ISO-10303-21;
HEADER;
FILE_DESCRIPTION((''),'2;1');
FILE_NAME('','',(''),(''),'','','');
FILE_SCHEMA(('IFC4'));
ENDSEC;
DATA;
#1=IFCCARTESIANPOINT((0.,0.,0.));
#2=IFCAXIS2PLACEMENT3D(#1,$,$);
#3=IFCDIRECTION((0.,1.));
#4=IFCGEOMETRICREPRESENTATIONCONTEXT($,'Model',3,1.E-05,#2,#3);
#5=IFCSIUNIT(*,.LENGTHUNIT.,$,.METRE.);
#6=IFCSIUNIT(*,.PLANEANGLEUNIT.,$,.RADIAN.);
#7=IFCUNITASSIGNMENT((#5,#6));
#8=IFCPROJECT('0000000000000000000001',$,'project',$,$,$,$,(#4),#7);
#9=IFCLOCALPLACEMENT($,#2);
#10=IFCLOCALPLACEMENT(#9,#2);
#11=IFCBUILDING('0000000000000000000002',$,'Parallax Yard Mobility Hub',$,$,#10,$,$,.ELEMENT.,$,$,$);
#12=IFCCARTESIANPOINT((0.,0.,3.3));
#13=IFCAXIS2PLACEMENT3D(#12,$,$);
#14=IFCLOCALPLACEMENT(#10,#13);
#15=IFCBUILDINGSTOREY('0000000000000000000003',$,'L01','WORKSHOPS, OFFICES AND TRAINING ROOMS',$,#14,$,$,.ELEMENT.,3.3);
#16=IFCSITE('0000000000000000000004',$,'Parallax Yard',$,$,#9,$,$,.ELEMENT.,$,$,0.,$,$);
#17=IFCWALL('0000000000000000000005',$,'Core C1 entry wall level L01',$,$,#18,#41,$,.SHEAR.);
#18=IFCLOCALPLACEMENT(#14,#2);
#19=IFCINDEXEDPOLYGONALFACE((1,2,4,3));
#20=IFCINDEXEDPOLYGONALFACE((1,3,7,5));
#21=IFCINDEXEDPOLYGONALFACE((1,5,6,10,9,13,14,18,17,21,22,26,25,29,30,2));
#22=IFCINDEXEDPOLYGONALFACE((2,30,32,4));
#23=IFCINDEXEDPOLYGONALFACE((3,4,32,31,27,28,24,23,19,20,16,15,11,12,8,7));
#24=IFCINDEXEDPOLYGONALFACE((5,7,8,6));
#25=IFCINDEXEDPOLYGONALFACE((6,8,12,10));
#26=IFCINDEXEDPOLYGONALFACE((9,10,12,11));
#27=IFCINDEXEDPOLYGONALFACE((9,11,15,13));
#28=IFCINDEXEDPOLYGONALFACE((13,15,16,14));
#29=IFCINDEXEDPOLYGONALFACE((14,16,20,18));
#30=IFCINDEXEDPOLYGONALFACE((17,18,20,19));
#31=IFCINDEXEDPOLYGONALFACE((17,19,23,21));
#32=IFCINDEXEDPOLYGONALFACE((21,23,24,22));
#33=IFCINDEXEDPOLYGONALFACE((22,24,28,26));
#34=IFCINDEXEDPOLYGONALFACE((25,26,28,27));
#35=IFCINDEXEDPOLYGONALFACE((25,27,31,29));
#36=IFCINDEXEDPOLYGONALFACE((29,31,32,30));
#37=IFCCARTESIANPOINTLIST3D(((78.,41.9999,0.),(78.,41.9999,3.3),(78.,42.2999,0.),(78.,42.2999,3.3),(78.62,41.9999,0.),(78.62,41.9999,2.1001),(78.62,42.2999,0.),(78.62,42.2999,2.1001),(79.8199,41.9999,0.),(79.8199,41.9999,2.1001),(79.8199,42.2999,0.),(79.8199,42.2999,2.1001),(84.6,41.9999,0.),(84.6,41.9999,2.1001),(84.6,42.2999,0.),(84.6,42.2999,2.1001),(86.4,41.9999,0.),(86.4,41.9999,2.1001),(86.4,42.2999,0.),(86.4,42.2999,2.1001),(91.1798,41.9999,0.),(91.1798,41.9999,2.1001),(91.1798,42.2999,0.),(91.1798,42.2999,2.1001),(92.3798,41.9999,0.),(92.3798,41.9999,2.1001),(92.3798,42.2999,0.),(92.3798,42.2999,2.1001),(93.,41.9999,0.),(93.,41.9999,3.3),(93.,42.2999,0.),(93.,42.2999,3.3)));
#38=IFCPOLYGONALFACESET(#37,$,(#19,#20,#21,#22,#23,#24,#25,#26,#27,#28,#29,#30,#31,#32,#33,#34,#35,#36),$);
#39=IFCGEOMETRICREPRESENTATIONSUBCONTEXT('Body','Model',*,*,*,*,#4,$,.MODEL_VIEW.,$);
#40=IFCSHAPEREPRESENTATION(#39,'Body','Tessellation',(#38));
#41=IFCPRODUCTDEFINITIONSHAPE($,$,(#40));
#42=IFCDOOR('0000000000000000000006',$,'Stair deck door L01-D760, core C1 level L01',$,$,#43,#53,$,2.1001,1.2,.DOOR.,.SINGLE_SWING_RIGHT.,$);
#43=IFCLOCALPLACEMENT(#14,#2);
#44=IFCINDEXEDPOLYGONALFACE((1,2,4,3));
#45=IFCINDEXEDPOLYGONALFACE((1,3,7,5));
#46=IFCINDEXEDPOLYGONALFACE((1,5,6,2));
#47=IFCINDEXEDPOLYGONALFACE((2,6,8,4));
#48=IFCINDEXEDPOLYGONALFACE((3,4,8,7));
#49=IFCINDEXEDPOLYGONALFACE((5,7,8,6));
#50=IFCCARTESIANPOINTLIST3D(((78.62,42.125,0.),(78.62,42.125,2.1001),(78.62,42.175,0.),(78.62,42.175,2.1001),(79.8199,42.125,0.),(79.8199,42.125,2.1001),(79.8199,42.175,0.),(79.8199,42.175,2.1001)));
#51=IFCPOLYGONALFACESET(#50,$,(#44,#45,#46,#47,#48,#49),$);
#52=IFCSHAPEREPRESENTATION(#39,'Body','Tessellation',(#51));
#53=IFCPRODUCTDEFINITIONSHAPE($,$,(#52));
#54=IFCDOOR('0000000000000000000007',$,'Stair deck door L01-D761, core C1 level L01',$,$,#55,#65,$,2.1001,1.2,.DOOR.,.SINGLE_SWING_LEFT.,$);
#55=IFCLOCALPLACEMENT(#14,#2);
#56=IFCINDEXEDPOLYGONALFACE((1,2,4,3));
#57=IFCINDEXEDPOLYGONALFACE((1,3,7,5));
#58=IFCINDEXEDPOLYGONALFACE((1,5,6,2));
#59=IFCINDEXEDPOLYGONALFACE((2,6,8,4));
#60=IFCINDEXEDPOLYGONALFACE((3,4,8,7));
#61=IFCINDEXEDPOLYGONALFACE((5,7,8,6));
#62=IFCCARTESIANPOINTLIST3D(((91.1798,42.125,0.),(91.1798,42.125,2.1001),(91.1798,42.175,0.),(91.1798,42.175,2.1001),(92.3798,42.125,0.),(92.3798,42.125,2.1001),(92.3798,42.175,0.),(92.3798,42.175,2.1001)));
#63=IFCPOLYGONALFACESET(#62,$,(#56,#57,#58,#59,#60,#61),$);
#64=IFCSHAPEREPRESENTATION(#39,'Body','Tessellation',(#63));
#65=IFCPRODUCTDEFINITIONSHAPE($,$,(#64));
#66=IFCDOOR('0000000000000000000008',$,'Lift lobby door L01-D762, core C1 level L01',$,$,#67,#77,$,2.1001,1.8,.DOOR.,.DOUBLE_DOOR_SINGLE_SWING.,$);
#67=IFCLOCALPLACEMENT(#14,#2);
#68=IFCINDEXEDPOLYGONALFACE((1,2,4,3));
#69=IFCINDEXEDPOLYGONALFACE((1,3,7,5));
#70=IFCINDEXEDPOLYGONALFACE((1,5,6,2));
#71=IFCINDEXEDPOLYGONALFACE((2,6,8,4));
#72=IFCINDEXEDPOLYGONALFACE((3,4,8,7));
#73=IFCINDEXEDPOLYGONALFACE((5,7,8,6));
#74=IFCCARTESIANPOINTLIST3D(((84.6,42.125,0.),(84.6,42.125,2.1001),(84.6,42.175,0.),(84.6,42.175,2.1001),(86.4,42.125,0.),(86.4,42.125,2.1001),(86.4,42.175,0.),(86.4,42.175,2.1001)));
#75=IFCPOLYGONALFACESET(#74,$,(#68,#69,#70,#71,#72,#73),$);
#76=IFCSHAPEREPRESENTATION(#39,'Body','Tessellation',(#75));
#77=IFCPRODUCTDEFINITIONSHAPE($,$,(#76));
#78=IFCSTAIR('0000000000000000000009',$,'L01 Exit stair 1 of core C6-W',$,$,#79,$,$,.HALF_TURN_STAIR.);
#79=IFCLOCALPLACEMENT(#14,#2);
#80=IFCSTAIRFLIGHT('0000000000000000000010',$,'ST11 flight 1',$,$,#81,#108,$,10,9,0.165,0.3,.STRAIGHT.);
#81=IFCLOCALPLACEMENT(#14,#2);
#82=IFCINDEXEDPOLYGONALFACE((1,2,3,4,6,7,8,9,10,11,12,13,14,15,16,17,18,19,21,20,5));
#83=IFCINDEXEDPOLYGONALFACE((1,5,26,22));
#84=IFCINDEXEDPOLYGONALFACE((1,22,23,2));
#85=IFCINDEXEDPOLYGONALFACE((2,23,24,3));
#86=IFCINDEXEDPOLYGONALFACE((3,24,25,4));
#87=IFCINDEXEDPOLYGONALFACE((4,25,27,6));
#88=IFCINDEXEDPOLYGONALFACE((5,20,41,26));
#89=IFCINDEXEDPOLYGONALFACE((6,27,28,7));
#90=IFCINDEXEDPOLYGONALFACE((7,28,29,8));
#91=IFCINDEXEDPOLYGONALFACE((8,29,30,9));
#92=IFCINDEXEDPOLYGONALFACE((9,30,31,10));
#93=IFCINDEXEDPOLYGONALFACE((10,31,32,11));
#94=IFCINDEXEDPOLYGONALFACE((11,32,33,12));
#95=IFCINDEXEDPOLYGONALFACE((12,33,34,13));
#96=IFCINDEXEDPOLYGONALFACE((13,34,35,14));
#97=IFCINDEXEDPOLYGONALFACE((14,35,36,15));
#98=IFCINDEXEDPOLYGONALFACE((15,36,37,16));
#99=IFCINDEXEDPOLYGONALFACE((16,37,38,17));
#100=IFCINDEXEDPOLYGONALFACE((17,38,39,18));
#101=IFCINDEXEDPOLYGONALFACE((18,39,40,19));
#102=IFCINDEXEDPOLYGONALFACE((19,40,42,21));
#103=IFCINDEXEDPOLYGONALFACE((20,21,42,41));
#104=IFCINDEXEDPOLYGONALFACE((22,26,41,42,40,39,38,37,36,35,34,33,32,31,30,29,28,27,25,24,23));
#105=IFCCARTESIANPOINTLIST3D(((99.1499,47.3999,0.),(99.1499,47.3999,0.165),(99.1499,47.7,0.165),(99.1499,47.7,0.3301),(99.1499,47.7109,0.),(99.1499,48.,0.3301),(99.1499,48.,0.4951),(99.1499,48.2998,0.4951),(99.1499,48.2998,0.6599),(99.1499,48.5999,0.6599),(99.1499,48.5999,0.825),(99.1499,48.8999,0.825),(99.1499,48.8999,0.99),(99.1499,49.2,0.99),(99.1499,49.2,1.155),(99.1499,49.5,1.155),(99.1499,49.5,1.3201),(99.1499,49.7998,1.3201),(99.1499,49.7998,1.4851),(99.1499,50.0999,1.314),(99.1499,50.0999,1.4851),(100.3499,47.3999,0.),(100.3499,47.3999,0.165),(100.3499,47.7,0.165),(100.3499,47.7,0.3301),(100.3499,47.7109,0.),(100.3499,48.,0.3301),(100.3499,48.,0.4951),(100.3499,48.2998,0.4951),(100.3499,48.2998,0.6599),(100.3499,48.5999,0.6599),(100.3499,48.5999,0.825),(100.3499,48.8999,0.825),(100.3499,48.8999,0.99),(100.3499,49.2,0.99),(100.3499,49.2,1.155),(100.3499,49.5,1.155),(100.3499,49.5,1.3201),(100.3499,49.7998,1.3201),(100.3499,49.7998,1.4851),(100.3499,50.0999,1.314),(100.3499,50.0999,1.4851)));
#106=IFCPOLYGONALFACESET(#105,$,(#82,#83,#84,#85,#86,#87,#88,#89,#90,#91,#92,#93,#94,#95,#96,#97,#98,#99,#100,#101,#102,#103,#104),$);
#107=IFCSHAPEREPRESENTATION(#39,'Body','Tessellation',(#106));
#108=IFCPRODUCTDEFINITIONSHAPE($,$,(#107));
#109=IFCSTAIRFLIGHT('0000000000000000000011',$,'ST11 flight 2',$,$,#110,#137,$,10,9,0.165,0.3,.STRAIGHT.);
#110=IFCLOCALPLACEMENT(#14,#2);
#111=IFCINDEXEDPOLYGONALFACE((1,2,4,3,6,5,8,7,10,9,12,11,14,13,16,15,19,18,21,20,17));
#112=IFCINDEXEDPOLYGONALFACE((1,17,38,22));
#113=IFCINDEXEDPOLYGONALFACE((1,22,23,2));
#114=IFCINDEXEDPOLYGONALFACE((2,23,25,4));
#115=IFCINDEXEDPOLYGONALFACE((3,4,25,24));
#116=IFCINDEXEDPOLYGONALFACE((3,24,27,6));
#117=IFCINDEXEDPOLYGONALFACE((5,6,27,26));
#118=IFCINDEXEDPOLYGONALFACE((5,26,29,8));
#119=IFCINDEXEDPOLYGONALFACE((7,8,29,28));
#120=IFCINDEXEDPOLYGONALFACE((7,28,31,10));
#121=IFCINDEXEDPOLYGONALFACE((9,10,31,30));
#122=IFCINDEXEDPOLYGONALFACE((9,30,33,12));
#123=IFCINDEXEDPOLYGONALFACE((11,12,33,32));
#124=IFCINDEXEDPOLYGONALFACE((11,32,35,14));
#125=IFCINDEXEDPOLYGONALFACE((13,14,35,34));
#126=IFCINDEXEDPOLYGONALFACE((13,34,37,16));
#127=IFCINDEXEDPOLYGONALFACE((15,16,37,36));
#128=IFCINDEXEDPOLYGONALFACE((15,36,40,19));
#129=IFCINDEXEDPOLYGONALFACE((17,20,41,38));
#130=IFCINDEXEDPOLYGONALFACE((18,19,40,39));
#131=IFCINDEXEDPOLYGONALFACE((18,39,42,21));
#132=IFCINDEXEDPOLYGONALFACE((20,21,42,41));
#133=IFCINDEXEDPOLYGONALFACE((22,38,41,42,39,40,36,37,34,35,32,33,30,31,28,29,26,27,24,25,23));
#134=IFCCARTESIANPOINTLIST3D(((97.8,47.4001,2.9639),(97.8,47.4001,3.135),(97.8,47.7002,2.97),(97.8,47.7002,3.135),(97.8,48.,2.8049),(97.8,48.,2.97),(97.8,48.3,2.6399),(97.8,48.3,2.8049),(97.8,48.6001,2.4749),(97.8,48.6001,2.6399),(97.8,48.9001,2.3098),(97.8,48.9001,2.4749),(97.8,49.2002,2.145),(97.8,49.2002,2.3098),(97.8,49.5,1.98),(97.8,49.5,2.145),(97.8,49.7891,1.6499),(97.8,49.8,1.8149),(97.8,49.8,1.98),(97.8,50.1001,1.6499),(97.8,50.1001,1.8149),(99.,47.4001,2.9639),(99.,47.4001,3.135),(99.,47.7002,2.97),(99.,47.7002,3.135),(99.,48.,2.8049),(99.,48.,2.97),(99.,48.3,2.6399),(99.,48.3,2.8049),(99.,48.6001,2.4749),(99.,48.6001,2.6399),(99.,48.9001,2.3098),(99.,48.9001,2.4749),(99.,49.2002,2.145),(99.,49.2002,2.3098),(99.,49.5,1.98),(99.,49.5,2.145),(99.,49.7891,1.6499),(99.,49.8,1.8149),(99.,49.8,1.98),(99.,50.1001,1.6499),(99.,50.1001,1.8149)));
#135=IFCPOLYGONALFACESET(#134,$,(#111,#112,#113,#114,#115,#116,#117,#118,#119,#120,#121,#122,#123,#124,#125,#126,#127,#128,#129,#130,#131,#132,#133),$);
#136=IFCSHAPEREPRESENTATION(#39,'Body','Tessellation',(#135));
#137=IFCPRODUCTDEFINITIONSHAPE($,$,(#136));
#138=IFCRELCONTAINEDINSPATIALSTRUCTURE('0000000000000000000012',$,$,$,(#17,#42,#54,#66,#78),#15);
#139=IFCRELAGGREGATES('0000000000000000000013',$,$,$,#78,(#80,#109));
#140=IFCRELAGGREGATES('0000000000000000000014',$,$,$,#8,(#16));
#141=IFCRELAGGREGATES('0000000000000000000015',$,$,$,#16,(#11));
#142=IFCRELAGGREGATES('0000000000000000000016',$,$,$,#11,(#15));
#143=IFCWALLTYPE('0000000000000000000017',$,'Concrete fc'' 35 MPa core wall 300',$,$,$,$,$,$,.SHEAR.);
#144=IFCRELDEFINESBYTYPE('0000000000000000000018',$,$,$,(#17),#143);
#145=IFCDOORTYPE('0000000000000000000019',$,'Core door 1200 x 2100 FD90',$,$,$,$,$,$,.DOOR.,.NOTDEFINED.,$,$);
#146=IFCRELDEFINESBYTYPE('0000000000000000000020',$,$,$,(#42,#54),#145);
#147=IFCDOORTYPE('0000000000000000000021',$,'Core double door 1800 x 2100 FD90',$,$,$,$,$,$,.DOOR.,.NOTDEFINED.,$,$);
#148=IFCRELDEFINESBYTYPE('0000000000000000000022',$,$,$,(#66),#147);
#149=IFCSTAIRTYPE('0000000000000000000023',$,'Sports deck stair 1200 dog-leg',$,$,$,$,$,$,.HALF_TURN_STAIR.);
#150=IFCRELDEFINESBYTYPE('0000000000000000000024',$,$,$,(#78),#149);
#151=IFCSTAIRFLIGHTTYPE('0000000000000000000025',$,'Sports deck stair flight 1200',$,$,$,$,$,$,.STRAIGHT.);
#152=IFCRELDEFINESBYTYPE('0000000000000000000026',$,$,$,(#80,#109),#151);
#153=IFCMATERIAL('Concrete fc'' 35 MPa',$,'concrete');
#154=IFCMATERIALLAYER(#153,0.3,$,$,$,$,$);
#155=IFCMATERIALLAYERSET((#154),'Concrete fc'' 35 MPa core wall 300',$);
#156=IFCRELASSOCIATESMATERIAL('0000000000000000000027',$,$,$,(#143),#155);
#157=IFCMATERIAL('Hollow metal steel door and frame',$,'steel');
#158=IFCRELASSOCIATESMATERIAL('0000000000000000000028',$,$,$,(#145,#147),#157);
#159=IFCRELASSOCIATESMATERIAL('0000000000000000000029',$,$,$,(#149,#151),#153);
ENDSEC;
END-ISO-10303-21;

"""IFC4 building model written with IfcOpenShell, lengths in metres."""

from ifc_helpers import new_model, si_unit, direction, frame, frame_2d, origin, place, context, subcontext, project, spatial, polyline, rectangle, outline, extrude, material, layer, layer_set, type_object, element, fill, aggregate, save


model = new_model("IFC4")

# Units and contexts
model_context = context("Model", 3, precision=1e-05, world=origin(), true_north=direction((0.0, 1.0)))
body_context = subcontext(model_context, "Body", "Model", "MODEL_VIEW")
ifc_project = project(units=[si_unit("LENGTHUNIT", "METRE"), si_unit("PLANEANGLEUNIT", "RADIAN")], contexts=[model_context])

# Site, building, storey
site_placement = place(None, origin())
site = spatial("IfcSite", under=ifc_project, at=site_placement, Name="Parallax Yard", CompositionType="ELEMENT", RefElevation=0.0)
building_placement = place(site_placement, origin())
building = spatial("IfcBuilding", under=site, at=building_placement, Name="Parallax Yard Mobility Hub", CompositionType="ELEMENT")
storey_placement = place(building_placement, frame((0.0, 0.0, 3.3)))
storey = spatial("IfcBuildingStorey", under=building, at=storey_placement, Name="L01", Description="WORKSHOPS, OFFICES AND TRAINING ROOMS", CompositionType="ELEMENT", Elevation=3.3)

# Shared definitions
ifc_material_1 = material(Name="Concrete fc' 35 MPa", Category="concrete")
ifc_layer_1 = layer(ifc_material_1, 0.3)
ifc_layer_set_1 = layer_set([ifc_layer_1], Name="Concrete fc' 35 MPa core wall 300")
wall_type = type_object("IfcWallType", Name="Concrete fc' 35 MPa core wall 300", PredefinedType="SHEAR", material=ifc_layer_set_1)

# Wall, openings, doors
wall_1_placement = place(storey_placement, frame((93.0, 42.1499, 0.0), z_axis=(0.0, 0.0, 1.0), x_axis=(-1.0, 0.0, 0.0)))
wall_1 = element("IfcWall", 1, at=wall_1_placement, inside=storey, type_object=wall_type, Name="Core C1 entry wall level L01", PredefinedType="SHEAR", context=body_context, shape_type="SweptSolid", body=[
    extrude(rectangle(XDim=15.0, YDim=0.3, at=frame_2d((7.5, 0.0))), origin(), (0.0, 0.0, 1.0), 3.3),
])
opening_1_placement = place(wall_1_placement, frame((13.1799, 0.0, 0.0)))
opening_1 = element("IfcOpeningElement", 2, at=opening_1_placement, cuts=wall_1, PredefinedType="OPENING", context=body_context, shape_type="SweptSolid", body=[
    extrude(rectangle(XDim=1.2, YDim=2.1001, at=frame_2d((0.6001, 1.05))), frame((0.0, 0.1602, 0.0), z_axis=(0.0, -1.0, 0.0), x_axis=(1.0, 0.0, 0.0)), (0.0, 0.0, 1.0), 0.3201),
])
opening_2_placement = place(wall_1_placement, frame((0.6201, 0.0, 0.0)))
opening_2 = element("IfcOpeningElement", 3, at=opening_2_placement, cuts=wall_1, PredefinedType="OPENING", context=body_context, shape_type="SweptSolid", body=[
    extrude(rectangle(XDim=1.2, YDim=2.1001, at=frame_2d((0.6001, 1.05))), frame((0.0, 0.1602, 0.0), z_axis=(0.0, -1.0, 0.0), x_axis=(1.0, 0.0, 0.0)), (0.0, 0.0, 1.0), 0.3201),
])
opening_3_placement = place(wall_1_placement, frame((6.6001, 0.0, 0.0)))
opening_3 = element("IfcOpeningElement", 4, at=opening_3_placement, cuts=wall_1, PredefinedType="OPENING", context=body_context, shape_type="SweptSolid", body=[
    extrude(rectangle(XDim=1.8, YDim=2.1001, at=frame_2d((0.8999, 1.05))), frame((0.0, 0.1602, 0.0), z_axis=(0.0, -1.0, 0.0), x_axis=(1.0, 0.0, 0.0)), (0.0, 0.0, 1.0), 0.3201),
])
ifc_material_2 = material(Name="Hollow metal steel door and frame", Category="steel")
door_type_1 = type_object("IfcDoorType", Name="Core door 1200 x 2100 FD90", OperationType="NOTDEFINED", PredefinedType="DOOR", material=ifc_material_2)
door_1_placement = place(opening_1_placement, origin())
door_1 = element("IfcDoor", 5, at=door_1_placement, inside=storey, type_object=door_type_1, Name="Stair deck door L01-D760, core C1 level L01", OperationType="SINGLE_SWING_RIGHT", OverallHeight=2.1001, OverallWidth=1.2, PredefinedType="DOOR", context=body_context, shape_type="SweptSolid", body=[
    extrude(rectangle(XDim=1.2, YDim=2.1001, at=frame_2d((0.6001, 1.05))), frame((0.0, 0.0249, 0.0), z_axis=(0.0, -1.0, 0.0), x_axis=(1.0, 0.0, 0.0)), (0.0, 0.0, 1.0), 0.05),
])
fill(opening_1, door_1)
door_2_placement = place(opening_2_placement, origin())
door_2 = element("IfcDoor", 6, at=door_2_placement, inside=storey, type_object=door_type_1, Name="Stair deck door L01-D761, core C1 level L01", OperationType="SINGLE_SWING_LEFT", OverallHeight=2.1001, OverallWidth=1.2, PredefinedType="DOOR", context=body_context, shape_type="SweptSolid", body=[
    extrude(rectangle(XDim=1.2, YDim=2.1001, at=frame_2d((0.6001, 1.05))), frame((0.0, 0.0249, 0.0), z_axis=(0.0, -1.0, 0.0), x_axis=(1.0, 0.0, 0.0)), (0.0, 0.0, 1.0), 0.05),
])
fill(opening_2, door_2)
door_type_2 = type_object("IfcDoorType", Name="Core double door 1800 x 2100 FD90", OperationType="NOTDEFINED", PredefinedType="DOOR", material=ifc_material_2)
door_3_placement = place(opening_3_placement, origin())
door_3 = element("IfcDoor", 7, at=door_3_placement, inside=storey, type_object=door_type_2, Name="Lift lobby door L01-D762, core C1 level L01", OperationType="DOUBLE_DOOR_SINGLE_SWING", OverallHeight=2.1001, OverallWidth=1.8, PredefinedType="DOOR", context=body_context, shape_type="SweptSolid", body=[
    extrude(rectangle(XDim=1.8, YDim=2.1001, at=frame_2d((0.8999, 1.05))), frame((0.0, 0.0249, 0.0), z_axis=(0.0, -1.0, 0.0), x_axis=(1.0, 0.0, 0.0)), (0.0, 0.0, 1.0), 0.05),
])
fill(opening_3, door_3)

# Stair, stair flights
stair_type = type_object("IfcStairType", Name="Sports deck stair 1200 dog-leg", PredefinedType="HALF_TURN_STAIR", material=ifc_material_1)
stair_placement = place(storey_placement, origin())
stair = element("IfcStair", 8, at=stair_placement, inside=storey, type_object=stair_type, Name="L01 Exit stair 1 of core C6-W", PredefinedType="HALF_TURN_STAIR")
stair_flight_type = type_object("IfcStairFlightType", Name="Sports deck stair flight 1200", PredefinedType="STRAIGHT", material=ifc_material_1)
stair_flight_1_placement = place(storey_placement, frame((99.75, 47.3999, 0.0), z_axis=(0.0, 0.0, 1.0), x_axis=(0.0, 1.0, 0.0)))
stair_flight_1 = element("IfcStairFlight", 9, at=stair_flight_1_placement, type_object=stair_flight_type, Name="ST11 flight 1", NumberOfRisers=10, NumberOfTreads=9, PredefinedType="STRAIGHT", RiserHeight=0.165, TreadLength=0.3, context=body_context, shape_type="SweptSolid", body=[
    extrude(outline(polyline([(0.0, 0.0), (0.0, 0.165), (0.3, 0.165), (0.3, 0.3301), (0.6001, 0.3301), (0.6001, 0.4951), (0.8999, 0.4951), (0.8999, 0.6599), (1.2, 0.6599), (1.2, 0.825), (1.5, 0.825), (1.5, 0.99), (1.8, 0.99), (1.8, 1.155), (2.1001, 1.155), (2.1001, 1.3201), (2.3999, 1.3201), (2.3999, 1.4851), (2.7, 1.4851), (2.7, 1.6499), (2.7, 1.314), (0.311, 0.0), (0.0, 0.0)])), frame((0.0, 0.6001, 0.0), z_axis=(0.0, -1.0, 0.0), x_axis=(1.0, 0.0, 0.0)), (0.0, 0.0, 1.0), 1.2),
])
stair_flight_2_placement = place(storey_placement, frame((98.3999, 50.1001, 1.6499), z_axis=(0.0, 0.0, 1.0), x_axis=(0.0, -1.0, 0.0)))
stair_flight_2 = element("IfcStairFlight", 10, at=stair_flight_2_placement, type_object=stair_flight_type, Name="ST11 flight 2", NumberOfRisers=10, NumberOfTreads=9, PredefinedType="STRAIGHT", RiserHeight=0.165, TreadLength=0.3, context=body_context, shape_type="SweptSolid", body=[
    extrude(outline(polyline([(0.0, 0.0), (0.0, 0.165), (0.3, 0.165), (0.3, 0.3301), (0.6001, 0.3301), (0.6001, 0.4951), (0.8999, 0.4951), (0.8999, 0.6599), (1.2, 0.6599), (1.2, 0.825), (1.5, 0.825), (1.5, 0.99), (1.8, 0.99), (1.8, 1.155), (2.1001, 1.155), (2.1001, 1.3201), (2.3999, 1.3201), (2.3999, 1.4851), (2.7, 1.4851), (2.7, 1.6499), (2.7, 1.314), (0.311, 0.0), (0.0, 0.0)])), frame((0.0, 0.6001, 0.0), z_axis=(0.0, -1.0, 0.0), x_axis=(1.0, 0.0, 0.0)), (0.0, 0.0, 1.0), 1.2),
])
aggregate(stair, [stair_flight_1, stair_flight_2])

save(model, "model.ifc")
